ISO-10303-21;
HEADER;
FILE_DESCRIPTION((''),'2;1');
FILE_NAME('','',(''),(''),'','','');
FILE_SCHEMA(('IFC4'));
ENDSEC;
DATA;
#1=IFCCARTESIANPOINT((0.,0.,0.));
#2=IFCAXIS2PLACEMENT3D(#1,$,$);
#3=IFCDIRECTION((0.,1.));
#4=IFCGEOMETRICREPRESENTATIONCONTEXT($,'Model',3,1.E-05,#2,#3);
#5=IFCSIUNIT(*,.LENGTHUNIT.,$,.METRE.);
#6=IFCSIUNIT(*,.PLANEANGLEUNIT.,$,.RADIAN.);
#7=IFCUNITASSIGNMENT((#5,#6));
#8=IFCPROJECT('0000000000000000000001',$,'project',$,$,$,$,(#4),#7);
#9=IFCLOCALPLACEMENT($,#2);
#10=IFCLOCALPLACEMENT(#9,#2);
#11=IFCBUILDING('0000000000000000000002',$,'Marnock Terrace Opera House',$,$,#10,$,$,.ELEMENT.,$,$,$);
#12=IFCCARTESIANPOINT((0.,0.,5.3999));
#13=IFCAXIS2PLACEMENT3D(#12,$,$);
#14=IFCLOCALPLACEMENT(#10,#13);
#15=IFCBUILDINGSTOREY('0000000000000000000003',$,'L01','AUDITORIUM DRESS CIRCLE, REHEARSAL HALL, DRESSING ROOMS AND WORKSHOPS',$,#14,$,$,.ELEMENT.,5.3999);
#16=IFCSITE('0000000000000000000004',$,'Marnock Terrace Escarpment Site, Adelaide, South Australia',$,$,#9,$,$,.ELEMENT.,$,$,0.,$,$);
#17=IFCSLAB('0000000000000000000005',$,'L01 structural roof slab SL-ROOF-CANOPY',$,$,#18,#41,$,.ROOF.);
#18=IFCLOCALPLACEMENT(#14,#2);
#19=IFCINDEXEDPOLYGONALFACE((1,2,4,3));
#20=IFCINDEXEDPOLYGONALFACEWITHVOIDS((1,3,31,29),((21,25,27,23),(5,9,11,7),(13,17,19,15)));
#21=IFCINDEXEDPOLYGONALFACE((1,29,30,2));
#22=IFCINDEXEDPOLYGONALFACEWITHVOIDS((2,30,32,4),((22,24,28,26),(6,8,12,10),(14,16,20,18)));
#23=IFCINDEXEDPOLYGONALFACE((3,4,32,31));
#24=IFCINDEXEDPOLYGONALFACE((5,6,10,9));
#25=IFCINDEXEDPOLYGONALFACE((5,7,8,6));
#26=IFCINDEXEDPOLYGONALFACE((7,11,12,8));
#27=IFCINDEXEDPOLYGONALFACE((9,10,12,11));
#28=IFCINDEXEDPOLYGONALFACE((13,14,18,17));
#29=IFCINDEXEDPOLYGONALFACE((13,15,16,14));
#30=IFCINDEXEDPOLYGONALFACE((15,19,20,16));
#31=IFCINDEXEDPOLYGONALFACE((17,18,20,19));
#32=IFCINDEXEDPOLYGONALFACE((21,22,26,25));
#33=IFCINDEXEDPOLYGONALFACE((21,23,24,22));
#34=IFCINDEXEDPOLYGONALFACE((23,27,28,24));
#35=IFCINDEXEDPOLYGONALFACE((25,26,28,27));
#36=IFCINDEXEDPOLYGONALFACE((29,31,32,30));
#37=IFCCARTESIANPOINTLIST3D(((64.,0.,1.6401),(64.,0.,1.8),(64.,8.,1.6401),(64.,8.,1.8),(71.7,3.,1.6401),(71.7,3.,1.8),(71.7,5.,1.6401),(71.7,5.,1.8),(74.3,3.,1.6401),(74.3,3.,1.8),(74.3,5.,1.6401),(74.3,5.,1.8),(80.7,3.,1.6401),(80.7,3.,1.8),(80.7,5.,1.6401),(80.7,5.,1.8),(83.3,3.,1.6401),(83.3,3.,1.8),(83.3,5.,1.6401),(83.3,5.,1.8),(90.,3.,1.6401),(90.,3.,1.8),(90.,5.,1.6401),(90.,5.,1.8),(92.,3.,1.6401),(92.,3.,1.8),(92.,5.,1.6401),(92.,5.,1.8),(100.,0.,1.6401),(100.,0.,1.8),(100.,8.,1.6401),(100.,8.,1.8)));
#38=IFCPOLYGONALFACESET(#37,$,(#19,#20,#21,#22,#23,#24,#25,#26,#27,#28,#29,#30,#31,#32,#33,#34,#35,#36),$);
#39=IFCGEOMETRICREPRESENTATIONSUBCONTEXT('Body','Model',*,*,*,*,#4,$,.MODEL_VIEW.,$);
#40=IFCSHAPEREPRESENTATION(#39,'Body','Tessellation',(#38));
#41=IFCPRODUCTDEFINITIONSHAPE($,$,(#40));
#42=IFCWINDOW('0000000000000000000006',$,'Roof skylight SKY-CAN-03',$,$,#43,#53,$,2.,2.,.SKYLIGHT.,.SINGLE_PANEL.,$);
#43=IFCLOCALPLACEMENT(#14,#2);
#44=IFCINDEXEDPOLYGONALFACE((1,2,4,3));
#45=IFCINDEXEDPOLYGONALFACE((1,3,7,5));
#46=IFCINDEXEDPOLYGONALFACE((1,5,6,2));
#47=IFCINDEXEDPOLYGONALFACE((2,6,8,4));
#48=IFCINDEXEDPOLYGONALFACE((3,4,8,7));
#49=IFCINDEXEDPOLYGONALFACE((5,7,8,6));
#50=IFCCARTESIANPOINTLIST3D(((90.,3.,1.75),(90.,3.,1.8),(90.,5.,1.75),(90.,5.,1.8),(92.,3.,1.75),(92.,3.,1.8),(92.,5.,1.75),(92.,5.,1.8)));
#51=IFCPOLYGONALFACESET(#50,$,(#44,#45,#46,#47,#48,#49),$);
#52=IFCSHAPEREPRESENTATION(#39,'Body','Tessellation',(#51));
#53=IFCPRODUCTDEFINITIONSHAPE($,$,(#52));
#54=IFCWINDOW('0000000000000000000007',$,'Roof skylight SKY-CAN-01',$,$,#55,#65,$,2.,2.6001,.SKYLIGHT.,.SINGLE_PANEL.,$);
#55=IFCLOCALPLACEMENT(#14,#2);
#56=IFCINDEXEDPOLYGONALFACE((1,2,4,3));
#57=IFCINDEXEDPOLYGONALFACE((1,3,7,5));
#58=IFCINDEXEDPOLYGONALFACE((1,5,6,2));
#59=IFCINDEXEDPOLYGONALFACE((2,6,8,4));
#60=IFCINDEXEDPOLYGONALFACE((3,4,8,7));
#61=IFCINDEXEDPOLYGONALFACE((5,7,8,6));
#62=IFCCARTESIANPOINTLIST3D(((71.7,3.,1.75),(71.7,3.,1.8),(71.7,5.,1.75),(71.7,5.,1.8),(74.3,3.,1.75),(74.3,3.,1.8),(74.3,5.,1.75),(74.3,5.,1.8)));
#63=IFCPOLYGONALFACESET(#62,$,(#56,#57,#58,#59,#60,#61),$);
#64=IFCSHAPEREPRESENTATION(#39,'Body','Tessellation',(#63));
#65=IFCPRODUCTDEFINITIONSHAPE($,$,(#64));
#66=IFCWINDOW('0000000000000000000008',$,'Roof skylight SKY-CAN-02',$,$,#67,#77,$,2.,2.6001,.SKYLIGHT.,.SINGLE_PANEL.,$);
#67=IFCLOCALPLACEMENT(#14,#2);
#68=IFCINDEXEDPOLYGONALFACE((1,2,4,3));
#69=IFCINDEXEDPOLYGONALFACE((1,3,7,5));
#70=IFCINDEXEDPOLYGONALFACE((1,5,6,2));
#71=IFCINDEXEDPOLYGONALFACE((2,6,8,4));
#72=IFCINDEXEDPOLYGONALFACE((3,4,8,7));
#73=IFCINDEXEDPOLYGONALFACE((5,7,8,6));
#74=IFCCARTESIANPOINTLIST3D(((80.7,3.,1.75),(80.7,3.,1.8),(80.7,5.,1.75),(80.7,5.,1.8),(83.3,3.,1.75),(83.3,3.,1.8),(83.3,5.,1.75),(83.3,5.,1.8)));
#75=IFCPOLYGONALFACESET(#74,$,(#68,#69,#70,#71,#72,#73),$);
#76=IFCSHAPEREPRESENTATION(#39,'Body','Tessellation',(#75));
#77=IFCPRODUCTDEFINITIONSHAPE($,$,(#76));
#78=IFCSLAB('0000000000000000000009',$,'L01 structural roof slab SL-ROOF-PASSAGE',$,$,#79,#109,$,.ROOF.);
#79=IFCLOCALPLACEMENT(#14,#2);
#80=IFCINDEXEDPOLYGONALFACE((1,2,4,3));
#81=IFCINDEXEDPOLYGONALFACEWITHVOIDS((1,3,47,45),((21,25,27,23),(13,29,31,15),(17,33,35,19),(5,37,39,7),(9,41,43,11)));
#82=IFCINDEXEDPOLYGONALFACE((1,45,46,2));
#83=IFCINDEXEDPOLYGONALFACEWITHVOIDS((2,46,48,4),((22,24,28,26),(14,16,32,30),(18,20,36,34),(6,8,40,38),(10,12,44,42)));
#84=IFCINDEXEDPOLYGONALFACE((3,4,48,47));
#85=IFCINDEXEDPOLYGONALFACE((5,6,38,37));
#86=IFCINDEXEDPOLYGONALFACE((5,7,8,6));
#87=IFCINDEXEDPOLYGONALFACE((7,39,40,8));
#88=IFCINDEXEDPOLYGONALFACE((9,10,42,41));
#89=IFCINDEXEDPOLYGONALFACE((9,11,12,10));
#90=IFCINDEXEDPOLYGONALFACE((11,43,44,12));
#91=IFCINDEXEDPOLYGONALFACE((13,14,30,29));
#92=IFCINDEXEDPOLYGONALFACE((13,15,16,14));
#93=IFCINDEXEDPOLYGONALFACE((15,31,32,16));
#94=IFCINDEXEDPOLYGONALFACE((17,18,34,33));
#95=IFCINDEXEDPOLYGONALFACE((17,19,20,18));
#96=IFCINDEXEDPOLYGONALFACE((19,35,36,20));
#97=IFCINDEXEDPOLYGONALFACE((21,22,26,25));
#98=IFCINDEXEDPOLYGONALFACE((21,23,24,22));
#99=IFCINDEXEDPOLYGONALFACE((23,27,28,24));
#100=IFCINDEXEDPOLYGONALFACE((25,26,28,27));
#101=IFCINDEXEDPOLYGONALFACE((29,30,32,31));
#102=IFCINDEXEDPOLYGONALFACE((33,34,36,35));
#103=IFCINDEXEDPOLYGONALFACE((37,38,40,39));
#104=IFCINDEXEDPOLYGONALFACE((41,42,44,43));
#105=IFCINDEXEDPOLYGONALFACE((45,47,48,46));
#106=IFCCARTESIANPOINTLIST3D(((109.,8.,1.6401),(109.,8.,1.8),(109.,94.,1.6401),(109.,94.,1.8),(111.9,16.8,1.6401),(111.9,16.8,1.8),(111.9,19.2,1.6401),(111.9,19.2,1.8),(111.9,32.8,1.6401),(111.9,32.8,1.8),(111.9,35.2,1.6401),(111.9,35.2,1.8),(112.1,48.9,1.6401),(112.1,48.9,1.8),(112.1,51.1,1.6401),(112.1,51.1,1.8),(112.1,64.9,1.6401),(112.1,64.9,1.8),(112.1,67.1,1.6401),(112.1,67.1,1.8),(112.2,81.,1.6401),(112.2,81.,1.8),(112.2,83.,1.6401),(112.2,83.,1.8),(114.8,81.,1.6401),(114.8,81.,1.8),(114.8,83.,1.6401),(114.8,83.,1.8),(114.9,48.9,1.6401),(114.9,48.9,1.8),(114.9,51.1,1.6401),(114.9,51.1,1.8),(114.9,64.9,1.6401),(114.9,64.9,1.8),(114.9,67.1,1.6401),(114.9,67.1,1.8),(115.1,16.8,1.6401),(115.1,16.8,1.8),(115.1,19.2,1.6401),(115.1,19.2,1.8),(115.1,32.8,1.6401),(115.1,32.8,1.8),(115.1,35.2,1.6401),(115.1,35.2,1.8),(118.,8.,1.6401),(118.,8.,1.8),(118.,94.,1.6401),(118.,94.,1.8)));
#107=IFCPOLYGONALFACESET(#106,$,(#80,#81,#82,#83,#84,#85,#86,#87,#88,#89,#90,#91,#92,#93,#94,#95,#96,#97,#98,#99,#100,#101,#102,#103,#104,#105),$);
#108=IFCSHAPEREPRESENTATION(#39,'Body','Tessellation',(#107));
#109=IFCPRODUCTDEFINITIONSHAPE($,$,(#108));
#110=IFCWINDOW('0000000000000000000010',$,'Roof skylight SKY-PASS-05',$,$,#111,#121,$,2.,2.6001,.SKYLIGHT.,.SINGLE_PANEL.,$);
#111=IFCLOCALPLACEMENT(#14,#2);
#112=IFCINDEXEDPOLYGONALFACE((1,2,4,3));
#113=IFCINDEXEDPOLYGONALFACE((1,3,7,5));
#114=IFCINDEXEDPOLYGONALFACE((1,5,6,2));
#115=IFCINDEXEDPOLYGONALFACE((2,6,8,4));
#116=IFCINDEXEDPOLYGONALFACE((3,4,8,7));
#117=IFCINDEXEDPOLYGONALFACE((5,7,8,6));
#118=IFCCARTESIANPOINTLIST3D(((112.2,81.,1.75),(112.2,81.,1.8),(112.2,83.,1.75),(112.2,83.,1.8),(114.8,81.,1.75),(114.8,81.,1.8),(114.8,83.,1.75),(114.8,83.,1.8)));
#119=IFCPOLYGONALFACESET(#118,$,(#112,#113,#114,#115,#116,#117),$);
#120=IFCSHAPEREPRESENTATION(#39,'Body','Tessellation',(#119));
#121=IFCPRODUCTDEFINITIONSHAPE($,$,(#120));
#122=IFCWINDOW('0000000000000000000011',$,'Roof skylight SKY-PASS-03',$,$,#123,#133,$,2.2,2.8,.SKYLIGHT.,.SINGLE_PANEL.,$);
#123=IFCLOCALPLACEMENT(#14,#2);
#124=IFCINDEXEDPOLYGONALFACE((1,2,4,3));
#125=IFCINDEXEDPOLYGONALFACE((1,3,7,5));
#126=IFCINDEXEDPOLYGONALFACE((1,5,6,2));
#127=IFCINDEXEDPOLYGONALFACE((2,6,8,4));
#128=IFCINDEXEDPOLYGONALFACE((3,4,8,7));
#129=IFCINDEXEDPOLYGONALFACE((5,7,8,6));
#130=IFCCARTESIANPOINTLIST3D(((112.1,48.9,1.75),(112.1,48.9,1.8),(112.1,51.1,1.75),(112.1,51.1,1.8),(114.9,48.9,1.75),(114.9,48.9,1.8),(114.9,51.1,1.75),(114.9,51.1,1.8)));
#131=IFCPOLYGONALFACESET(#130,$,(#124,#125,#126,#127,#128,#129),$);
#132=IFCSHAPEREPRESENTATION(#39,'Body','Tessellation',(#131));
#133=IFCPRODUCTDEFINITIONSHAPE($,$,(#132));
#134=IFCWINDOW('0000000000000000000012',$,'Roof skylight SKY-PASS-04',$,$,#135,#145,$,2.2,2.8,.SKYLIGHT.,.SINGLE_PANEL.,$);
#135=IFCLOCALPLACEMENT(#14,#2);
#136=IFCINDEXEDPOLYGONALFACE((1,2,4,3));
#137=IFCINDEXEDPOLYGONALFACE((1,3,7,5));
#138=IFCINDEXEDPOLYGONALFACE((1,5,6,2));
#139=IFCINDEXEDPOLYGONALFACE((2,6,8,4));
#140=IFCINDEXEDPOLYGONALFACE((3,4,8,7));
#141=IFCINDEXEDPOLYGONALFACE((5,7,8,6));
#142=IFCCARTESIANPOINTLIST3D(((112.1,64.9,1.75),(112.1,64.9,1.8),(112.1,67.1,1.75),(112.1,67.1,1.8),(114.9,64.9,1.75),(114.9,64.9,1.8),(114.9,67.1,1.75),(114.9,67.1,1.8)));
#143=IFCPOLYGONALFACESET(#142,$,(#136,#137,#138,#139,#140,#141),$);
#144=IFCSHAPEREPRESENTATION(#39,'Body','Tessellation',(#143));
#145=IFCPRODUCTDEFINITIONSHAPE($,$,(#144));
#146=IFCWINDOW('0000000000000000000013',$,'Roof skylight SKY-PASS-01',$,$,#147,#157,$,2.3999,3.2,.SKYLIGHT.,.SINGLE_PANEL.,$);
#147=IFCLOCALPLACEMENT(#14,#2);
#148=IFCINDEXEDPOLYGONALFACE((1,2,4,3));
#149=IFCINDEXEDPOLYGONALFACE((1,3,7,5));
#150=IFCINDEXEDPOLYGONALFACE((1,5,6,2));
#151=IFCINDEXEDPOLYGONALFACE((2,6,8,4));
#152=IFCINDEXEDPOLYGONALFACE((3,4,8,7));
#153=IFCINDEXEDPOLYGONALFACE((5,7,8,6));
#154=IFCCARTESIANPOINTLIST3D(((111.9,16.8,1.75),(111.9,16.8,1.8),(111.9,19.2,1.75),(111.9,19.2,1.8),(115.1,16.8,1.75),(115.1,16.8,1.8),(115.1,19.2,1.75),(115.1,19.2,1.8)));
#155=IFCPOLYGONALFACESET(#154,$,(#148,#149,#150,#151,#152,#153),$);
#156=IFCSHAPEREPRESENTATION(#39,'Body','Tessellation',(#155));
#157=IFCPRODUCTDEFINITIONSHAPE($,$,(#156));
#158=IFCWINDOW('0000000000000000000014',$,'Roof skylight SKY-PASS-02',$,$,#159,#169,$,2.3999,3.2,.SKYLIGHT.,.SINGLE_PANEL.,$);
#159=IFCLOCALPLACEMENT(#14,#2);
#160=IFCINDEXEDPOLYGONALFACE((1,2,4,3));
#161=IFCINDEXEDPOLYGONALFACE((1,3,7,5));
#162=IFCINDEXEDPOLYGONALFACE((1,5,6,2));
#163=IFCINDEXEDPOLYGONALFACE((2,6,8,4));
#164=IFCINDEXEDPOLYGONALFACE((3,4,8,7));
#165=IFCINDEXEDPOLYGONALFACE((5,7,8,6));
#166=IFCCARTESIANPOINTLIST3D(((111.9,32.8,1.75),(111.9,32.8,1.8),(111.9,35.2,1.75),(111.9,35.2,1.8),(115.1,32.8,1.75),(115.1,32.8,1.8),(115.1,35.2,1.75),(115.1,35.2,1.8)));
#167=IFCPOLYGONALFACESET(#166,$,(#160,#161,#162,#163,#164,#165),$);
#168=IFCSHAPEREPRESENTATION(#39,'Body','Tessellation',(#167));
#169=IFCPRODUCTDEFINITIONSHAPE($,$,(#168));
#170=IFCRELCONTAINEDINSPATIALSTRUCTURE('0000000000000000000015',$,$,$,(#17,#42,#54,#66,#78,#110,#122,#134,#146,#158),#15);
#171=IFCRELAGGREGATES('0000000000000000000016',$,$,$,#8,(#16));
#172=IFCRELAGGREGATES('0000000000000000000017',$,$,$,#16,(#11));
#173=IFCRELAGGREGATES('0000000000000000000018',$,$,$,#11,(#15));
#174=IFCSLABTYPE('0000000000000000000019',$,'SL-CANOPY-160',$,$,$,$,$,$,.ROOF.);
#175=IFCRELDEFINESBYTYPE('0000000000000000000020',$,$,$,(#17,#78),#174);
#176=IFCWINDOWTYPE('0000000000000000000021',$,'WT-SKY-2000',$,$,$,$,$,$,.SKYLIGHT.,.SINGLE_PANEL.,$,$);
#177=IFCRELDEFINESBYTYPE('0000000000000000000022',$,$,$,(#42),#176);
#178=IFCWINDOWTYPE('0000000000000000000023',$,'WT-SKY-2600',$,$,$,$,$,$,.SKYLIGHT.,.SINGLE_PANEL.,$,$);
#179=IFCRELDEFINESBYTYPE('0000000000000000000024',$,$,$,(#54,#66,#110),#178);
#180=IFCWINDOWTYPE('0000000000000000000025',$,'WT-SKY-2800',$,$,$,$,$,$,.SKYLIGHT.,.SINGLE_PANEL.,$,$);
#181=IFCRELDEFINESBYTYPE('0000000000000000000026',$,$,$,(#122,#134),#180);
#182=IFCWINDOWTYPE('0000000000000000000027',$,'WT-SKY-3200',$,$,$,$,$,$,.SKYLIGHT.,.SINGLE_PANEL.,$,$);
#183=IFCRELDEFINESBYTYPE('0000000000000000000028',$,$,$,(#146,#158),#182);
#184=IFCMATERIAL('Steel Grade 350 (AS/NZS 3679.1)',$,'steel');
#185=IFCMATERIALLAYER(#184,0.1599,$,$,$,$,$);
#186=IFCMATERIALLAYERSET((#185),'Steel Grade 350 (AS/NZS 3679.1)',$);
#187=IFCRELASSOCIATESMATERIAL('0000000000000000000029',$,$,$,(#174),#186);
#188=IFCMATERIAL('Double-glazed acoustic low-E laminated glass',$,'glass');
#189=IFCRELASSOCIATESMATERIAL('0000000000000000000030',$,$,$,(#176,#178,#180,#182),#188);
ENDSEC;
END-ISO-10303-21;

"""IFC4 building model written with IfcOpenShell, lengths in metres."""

from ifc_helpers import new_model, si_unit, direction, frame, origin, origin_2d, place, context, subcontext, project, spatial, polyline, rectangle, outline, extrude, material, layer, layer_set, type_object, element, fill, save


model = new_model("IFC4")

# Units and contexts
model_context = context("Model", 3, precision=1e-05, world=origin(), true_north=direction((0.0, 1.0)))
body_context = subcontext(model_context, "Body", "Model", "MODEL_VIEW")
ifc_project = project(units=[si_unit("LENGTHUNIT", "METRE"), si_unit("PLANEANGLEUNIT", "RADIAN")], contexts=[model_context])

# Site, building, storey
site_placement = place(None, origin())
site = spatial("IfcSite", under=ifc_project, at=site_placement, Name="Marnock Terrace Escarpment Site, Adelaide, South Australia", CompositionType="ELEMENT", RefElevation=0.0)
building_placement = place(site_placement, origin())
building = spatial("IfcBuilding", under=site, at=building_placement, Name="Marnock Terrace Opera House", CompositionType="ELEMENT")
storey_placement = place(building_placement, frame((0.0, 0.0, 5.3999)))
storey = spatial("IfcBuildingStorey", under=building, at=storey_placement, Name="L01", Description="AUDITORIUM DRESS CIRCLE, REHEARSAL HALL, DRESSING ROOMS AND WORKSHOPS", CompositionType="ELEMENT", Elevation=5.3999)

# Slabs, openings, windows
ifc_material_1 = material(Name="Steel Grade 350 (AS/NZS 3679.1)", Category="steel")
ifc_layer_1 = layer(ifc_material_1, 0.1599)
ifc_layer_set_1 = layer_set([ifc_layer_1], Name="Steel Grade 350 (AS/NZS 3679.1)")
slab_type_1 = type_object("IfcSlabType", Name="SL-CANOPY-160", PredefinedType="ROOF", material=ifc_layer_set_1)
slab_1_placement = place(storey_placement, frame((0.0, 0.0, 1.6401)))
slab_1 = element("IfcSlab", 1, at=slab_1_placement, inside=storey, type_object=slab_type_1, Name="L01 structural roof slab SL-ROOF-CANOPY", PredefinedType="ROOF", context=body_context, shape_type="SweptSolid", body=[
    extrude(outline(polyline([(64.0, 0.0), (100.0, 0.0), (100.0, 8.0), (64.0, 8.0), (64.0, 0.0)])), origin(), (0.0, 0.0, 1.0), 0.1599),
])
opening_1_placement = place(slab_1_placement, frame((73.0, 4.0, 0.0)))
opening_1 = element("IfcOpeningElement", 2, at=opening_1_placement, cuts=slab_1, PredefinedType="OPENING", context=body_context, shape_type="SweptSolid", body=[
    extrude(rectangle(XDim=2.6001, YDim=2.0, at=origin_2d()), frame((0.0, 0.0, -0.01)), (0.0, 0.0, 1.0), 0.1799),
])
opening_2_placement = place(slab_1_placement, frame((82.0, 4.0, 0.0)))
opening_2 = element("IfcOpeningElement", 3, at=opening_2_placement, cuts=slab_1, PredefinedType="OPENING", context=body_context, shape_type="SweptSolid", body=[
    extrude(rectangle(XDim=2.6001, YDim=2.0, at=origin_2d()), frame((0.0, 0.0, -0.01)), (0.0, 0.0, 1.0), 0.1799),
])
opening_3_placement = place(slab_1_placement, frame((91.0, 4.0, 0.0)))
opening_3 = element("IfcOpeningElement", 4, at=opening_3_placement, cuts=slab_1, PredefinedType="OPENING", context=body_context, shape_type="SweptSolid", body=[
    extrude(rectangle(XDim=2.0, YDim=2.0, at=origin_2d()), frame((0.0, 0.0, -0.01)), (0.0, 0.0, 1.0), 0.1799),
])
ifc_material_2 = material(Name="Double-glazed acoustic low-E laminated glass", Category="glass")
window_type_1 = type_object("IfcWindowType", Name="WT-SKY-2000", PartitioningType="SINGLE_PANEL", PredefinedType="SKYLIGHT", material=ifc_material_2)
window_1_placement = place(opening_3_placement, frame((0.0, 0.0, 0.1099)))
window_1 = element("IfcWindow", 5, at=window_1_placement, inside=storey, type_object=window_type_1, Name="Roof skylight SKY-CAN-03", OverallHeight=2.0, OverallWidth=2.0, PartitioningType="SINGLE_PANEL", PredefinedType="SKYLIGHT", context=body_context, shape_type="SweptSolid", body=[
    extrude(rectangle(XDim=2.0, YDim=2.0, at=origin_2d()), origin(), (0.0, 0.0, 1.0), 0.05),
])
fill(opening_3, window_1)
window_type_2 = type_object("IfcWindowType", Name="WT-SKY-2600", PartitioningType="SINGLE_PANEL", PredefinedType="SKYLIGHT", material=ifc_material_2)
window_2_placement = place(opening_1_placement, frame((0.0, 0.0, 0.1099)))
window_2 = element("IfcWindow", 6, at=window_2_placement, inside=storey, type_object=window_type_2, Name="Roof skylight SKY-CAN-01", OverallHeight=2.0, OverallWidth=2.6001, PartitioningType="SINGLE_PANEL", PredefinedType="SKYLIGHT", context=body_context, shape_type="SweptSolid", body=[
    extrude(rectangle(XDim=2.6001, YDim=2.0, at=origin_2d()), origin(), (0.0, 0.0, 1.0), 0.05),
])
fill(opening_1, window_2)
window_3_placement = place(opening_2_placement, frame((0.0, 0.0, 0.1099)))
window_3 = element("IfcWindow", 7, at=window_3_placement, inside=storey, type_object=window_type_2, Name="Roof skylight SKY-CAN-02", OverallHeight=2.0, OverallWidth=2.6001, PartitioningType="SINGLE_PANEL", PredefinedType="SKYLIGHT", context=body_context, shape_type="SweptSolid", body=[
    extrude(rectangle(XDim=2.6001, YDim=2.0, at=origin_2d()), origin(), (0.0, 0.0, 1.0), 0.05),
])
fill(opening_2, window_3)
slab_2_placement = place(storey_placement, frame((0.0, 0.0, 1.6401)))
slab_2 = element("IfcSlab", 8, at=slab_2_placement, inside=storey, type_object=slab_type_1, Name="L01 structural roof slab SL-ROOF-PASSAGE", PredefinedType="ROOF", context=body_context, shape_type="SweptSolid", body=[
    extrude(outline(polyline([(109.0, 8.0), (118.0, 8.0), (118.0, 94.0), (109.0, 94.0), (109.0, 8.0)])), origin(), (0.0, 0.0, 1.0), 0.1599),
])
opening_4_placement = place(slab_2_placement, frame((113.5, 18.0, 0.0)))
opening_4 = element("IfcOpeningElement", 9, at=opening_4_placement, cuts=slab_2, PredefinedType="OPENING", context=body_context, shape_type="SweptSolid", body=[
    extrude(rectangle(XDim=3.2, YDim=2.3999, at=origin_2d()), frame((0.0, 0.0, -0.01)), (0.0, 0.0, 1.0), 0.1799),
])
opening_5_placement = place(slab_2_placement, frame((113.5, 34.0, 0.0)))
opening_5 = element("IfcOpeningElement", 10, at=opening_5_placement, cuts=slab_2, PredefinedType="OPENING", context=body_context, shape_type="SweptSolid", body=[
    extrude(rectangle(XDim=3.2, YDim=2.3999, at=origin_2d()), frame((0.0, 0.0, -0.01)), (0.0, 0.0, 1.0), 0.1799),
])
opening_6_placement = place(slab_2_placement, frame((113.5, 50.0, 0.0)))
opening_6 = element("IfcOpeningElement", 11, at=opening_6_placement, cuts=slab_2, PredefinedType="OPENING", context=body_context, shape_type="SweptSolid", body=[
    extrude(rectangle(XDim=2.8, YDim=2.2, at=origin_2d()), frame((0.0, 0.0, -0.01)), (0.0, 0.0, 1.0), 0.1799),
])
opening_7_placement = place(slab_2_placement, frame((113.5, 66.0, 0.0)))
opening_7 = element("IfcOpeningElement", 12, at=opening_7_placement, cuts=slab_2, PredefinedType="OPENING", context=body_context, shape_type="SweptSolid", body=[
    extrude(rectangle(XDim=2.8, YDim=2.2, at=origin_2d()), frame((0.0, 0.0, -0.01)), (0.0, 0.0, 1.0), 0.1799),
])
opening_8_placement = place(slab_2_placement, frame((113.5, 82.0, 0.0)))
opening_8 = element("IfcOpeningElement", 13, at=opening_8_placement, cuts=slab_2, PredefinedType="OPENING", context=body_context, shape_type="SweptSolid", body=[
    extrude(rectangle(XDim=2.6001, YDim=2.0, at=origin_2d()), frame((0.0, 0.0, -0.01)), (0.0, 0.0, 1.0), 0.1799),
])
window_4_placement = place(opening_8_placement, frame((0.0, 0.0, 0.1099)))
window_4 = element("IfcWindow", 14, at=window_4_placement, inside=storey, type_object=window_type_2, Name="Roof skylight SKY-PASS-05", OverallHeight=2.0, OverallWidth=2.6001, PartitioningType="SINGLE_PANEL", PredefinedType="SKYLIGHT", context=body_context, shape_type="SweptSolid", body=[
    extrude(rectangle(XDim=2.6001, YDim=2.0, at=origin_2d()), origin(), (0.0, 0.0, 1.0), 0.05),
])
fill(opening_8, window_4)
window_type_3 = type_object("IfcWindowType", Name="WT-SKY-2800", PartitioningType="SINGLE_PANEL", PredefinedType="SKYLIGHT", material=ifc_material_2)
window_5_placement = place(opening_6_placement, frame((0.0, 0.0, 0.1099)))
window_5 = element("IfcWindow", 15, at=window_5_placement, inside=storey, type_object=window_type_3, Name="Roof skylight SKY-PASS-03", OverallHeight=2.2, OverallWidth=2.8, PartitioningType="SINGLE_PANEL", PredefinedType="SKYLIGHT", context=body_context, shape_type="SweptSolid", body=[
    extrude(rectangle(XDim=2.8, YDim=2.2, at=origin_2d()), origin(), (0.0, 0.0, 1.0), 0.05),
])
fill(opening_6, window_5)
window_6_placement = place(opening_7_placement, frame((0.0, 0.0, 0.1099)))
window_6 = element("IfcWindow", 16, at=window_6_placement, inside=storey, type_object=window_type_3, Name="Roof skylight SKY-PASS-04", OverallHeight=2.2, OverallWidth=2.8, PartitioningType="SINGLE_PANEL", PredefinedType="SKYLIGHT", context=body_context, shape_type="SweptSolid", body=[
    extrude(rectangle(XDim=2.8, YDim=2.2, at=origin_2d()), origin(), (0.0, 0.0, 1.0), 0.05),
])
fill(opening_7, window_6)
window_type_4 = type_object("IfcWindowType", Name="WT-SKY-3200", PartitioningType="SINGLE_PANEL", PredefinedType="SKYLIGHT", material=ifc_material_2)
window_7_placement = place(opening_4_placement, frame((0.0, 0.0, 0.1099)))
window_7 = element("IfcWindow", 17, at=window_7_placement, inside=storey, type_object=window_type_4, Name="Roof skylight SKY-PASS-01", OverallHeight=2.3999, OverallWidth=3.2, PartitioningType="SINGLE_PANEL", PredefinedType="SKYLIGHT", context=body_context, shape_type="SweptSolid", body=[
    extrude(rectangle(XDim=3.2, YDim=2.3999, at=origin_2d()), origin(), (0.0, 0.0, 1.0), 0.05),
])
fill(opening_4, window_7)
window_8_placement = place(opening_5_placement, frame((0.0, 0.0, 0.1099)))
window_8 = element("IfcWindow", 18, at=window_8_placement, inside=storey, type_object=window_type_4, Name="Roof skylight SKY-PASS-02", OverallHeight=2.3999, OverallWidth=3.2, PartitioningType="SINGLE_PANEL", PredefinedType="SKYLIGHT", context=body_context, shape_type="SweptSolid", body=[
    extrude(rectangle(XDim=3.2, YDim=2.3999, at=origin_2d()), origin(), (0.0, 0.0, 1.0), 0.05),
])
fill(opening_5, window_8)

save(model, "model.ifc")
